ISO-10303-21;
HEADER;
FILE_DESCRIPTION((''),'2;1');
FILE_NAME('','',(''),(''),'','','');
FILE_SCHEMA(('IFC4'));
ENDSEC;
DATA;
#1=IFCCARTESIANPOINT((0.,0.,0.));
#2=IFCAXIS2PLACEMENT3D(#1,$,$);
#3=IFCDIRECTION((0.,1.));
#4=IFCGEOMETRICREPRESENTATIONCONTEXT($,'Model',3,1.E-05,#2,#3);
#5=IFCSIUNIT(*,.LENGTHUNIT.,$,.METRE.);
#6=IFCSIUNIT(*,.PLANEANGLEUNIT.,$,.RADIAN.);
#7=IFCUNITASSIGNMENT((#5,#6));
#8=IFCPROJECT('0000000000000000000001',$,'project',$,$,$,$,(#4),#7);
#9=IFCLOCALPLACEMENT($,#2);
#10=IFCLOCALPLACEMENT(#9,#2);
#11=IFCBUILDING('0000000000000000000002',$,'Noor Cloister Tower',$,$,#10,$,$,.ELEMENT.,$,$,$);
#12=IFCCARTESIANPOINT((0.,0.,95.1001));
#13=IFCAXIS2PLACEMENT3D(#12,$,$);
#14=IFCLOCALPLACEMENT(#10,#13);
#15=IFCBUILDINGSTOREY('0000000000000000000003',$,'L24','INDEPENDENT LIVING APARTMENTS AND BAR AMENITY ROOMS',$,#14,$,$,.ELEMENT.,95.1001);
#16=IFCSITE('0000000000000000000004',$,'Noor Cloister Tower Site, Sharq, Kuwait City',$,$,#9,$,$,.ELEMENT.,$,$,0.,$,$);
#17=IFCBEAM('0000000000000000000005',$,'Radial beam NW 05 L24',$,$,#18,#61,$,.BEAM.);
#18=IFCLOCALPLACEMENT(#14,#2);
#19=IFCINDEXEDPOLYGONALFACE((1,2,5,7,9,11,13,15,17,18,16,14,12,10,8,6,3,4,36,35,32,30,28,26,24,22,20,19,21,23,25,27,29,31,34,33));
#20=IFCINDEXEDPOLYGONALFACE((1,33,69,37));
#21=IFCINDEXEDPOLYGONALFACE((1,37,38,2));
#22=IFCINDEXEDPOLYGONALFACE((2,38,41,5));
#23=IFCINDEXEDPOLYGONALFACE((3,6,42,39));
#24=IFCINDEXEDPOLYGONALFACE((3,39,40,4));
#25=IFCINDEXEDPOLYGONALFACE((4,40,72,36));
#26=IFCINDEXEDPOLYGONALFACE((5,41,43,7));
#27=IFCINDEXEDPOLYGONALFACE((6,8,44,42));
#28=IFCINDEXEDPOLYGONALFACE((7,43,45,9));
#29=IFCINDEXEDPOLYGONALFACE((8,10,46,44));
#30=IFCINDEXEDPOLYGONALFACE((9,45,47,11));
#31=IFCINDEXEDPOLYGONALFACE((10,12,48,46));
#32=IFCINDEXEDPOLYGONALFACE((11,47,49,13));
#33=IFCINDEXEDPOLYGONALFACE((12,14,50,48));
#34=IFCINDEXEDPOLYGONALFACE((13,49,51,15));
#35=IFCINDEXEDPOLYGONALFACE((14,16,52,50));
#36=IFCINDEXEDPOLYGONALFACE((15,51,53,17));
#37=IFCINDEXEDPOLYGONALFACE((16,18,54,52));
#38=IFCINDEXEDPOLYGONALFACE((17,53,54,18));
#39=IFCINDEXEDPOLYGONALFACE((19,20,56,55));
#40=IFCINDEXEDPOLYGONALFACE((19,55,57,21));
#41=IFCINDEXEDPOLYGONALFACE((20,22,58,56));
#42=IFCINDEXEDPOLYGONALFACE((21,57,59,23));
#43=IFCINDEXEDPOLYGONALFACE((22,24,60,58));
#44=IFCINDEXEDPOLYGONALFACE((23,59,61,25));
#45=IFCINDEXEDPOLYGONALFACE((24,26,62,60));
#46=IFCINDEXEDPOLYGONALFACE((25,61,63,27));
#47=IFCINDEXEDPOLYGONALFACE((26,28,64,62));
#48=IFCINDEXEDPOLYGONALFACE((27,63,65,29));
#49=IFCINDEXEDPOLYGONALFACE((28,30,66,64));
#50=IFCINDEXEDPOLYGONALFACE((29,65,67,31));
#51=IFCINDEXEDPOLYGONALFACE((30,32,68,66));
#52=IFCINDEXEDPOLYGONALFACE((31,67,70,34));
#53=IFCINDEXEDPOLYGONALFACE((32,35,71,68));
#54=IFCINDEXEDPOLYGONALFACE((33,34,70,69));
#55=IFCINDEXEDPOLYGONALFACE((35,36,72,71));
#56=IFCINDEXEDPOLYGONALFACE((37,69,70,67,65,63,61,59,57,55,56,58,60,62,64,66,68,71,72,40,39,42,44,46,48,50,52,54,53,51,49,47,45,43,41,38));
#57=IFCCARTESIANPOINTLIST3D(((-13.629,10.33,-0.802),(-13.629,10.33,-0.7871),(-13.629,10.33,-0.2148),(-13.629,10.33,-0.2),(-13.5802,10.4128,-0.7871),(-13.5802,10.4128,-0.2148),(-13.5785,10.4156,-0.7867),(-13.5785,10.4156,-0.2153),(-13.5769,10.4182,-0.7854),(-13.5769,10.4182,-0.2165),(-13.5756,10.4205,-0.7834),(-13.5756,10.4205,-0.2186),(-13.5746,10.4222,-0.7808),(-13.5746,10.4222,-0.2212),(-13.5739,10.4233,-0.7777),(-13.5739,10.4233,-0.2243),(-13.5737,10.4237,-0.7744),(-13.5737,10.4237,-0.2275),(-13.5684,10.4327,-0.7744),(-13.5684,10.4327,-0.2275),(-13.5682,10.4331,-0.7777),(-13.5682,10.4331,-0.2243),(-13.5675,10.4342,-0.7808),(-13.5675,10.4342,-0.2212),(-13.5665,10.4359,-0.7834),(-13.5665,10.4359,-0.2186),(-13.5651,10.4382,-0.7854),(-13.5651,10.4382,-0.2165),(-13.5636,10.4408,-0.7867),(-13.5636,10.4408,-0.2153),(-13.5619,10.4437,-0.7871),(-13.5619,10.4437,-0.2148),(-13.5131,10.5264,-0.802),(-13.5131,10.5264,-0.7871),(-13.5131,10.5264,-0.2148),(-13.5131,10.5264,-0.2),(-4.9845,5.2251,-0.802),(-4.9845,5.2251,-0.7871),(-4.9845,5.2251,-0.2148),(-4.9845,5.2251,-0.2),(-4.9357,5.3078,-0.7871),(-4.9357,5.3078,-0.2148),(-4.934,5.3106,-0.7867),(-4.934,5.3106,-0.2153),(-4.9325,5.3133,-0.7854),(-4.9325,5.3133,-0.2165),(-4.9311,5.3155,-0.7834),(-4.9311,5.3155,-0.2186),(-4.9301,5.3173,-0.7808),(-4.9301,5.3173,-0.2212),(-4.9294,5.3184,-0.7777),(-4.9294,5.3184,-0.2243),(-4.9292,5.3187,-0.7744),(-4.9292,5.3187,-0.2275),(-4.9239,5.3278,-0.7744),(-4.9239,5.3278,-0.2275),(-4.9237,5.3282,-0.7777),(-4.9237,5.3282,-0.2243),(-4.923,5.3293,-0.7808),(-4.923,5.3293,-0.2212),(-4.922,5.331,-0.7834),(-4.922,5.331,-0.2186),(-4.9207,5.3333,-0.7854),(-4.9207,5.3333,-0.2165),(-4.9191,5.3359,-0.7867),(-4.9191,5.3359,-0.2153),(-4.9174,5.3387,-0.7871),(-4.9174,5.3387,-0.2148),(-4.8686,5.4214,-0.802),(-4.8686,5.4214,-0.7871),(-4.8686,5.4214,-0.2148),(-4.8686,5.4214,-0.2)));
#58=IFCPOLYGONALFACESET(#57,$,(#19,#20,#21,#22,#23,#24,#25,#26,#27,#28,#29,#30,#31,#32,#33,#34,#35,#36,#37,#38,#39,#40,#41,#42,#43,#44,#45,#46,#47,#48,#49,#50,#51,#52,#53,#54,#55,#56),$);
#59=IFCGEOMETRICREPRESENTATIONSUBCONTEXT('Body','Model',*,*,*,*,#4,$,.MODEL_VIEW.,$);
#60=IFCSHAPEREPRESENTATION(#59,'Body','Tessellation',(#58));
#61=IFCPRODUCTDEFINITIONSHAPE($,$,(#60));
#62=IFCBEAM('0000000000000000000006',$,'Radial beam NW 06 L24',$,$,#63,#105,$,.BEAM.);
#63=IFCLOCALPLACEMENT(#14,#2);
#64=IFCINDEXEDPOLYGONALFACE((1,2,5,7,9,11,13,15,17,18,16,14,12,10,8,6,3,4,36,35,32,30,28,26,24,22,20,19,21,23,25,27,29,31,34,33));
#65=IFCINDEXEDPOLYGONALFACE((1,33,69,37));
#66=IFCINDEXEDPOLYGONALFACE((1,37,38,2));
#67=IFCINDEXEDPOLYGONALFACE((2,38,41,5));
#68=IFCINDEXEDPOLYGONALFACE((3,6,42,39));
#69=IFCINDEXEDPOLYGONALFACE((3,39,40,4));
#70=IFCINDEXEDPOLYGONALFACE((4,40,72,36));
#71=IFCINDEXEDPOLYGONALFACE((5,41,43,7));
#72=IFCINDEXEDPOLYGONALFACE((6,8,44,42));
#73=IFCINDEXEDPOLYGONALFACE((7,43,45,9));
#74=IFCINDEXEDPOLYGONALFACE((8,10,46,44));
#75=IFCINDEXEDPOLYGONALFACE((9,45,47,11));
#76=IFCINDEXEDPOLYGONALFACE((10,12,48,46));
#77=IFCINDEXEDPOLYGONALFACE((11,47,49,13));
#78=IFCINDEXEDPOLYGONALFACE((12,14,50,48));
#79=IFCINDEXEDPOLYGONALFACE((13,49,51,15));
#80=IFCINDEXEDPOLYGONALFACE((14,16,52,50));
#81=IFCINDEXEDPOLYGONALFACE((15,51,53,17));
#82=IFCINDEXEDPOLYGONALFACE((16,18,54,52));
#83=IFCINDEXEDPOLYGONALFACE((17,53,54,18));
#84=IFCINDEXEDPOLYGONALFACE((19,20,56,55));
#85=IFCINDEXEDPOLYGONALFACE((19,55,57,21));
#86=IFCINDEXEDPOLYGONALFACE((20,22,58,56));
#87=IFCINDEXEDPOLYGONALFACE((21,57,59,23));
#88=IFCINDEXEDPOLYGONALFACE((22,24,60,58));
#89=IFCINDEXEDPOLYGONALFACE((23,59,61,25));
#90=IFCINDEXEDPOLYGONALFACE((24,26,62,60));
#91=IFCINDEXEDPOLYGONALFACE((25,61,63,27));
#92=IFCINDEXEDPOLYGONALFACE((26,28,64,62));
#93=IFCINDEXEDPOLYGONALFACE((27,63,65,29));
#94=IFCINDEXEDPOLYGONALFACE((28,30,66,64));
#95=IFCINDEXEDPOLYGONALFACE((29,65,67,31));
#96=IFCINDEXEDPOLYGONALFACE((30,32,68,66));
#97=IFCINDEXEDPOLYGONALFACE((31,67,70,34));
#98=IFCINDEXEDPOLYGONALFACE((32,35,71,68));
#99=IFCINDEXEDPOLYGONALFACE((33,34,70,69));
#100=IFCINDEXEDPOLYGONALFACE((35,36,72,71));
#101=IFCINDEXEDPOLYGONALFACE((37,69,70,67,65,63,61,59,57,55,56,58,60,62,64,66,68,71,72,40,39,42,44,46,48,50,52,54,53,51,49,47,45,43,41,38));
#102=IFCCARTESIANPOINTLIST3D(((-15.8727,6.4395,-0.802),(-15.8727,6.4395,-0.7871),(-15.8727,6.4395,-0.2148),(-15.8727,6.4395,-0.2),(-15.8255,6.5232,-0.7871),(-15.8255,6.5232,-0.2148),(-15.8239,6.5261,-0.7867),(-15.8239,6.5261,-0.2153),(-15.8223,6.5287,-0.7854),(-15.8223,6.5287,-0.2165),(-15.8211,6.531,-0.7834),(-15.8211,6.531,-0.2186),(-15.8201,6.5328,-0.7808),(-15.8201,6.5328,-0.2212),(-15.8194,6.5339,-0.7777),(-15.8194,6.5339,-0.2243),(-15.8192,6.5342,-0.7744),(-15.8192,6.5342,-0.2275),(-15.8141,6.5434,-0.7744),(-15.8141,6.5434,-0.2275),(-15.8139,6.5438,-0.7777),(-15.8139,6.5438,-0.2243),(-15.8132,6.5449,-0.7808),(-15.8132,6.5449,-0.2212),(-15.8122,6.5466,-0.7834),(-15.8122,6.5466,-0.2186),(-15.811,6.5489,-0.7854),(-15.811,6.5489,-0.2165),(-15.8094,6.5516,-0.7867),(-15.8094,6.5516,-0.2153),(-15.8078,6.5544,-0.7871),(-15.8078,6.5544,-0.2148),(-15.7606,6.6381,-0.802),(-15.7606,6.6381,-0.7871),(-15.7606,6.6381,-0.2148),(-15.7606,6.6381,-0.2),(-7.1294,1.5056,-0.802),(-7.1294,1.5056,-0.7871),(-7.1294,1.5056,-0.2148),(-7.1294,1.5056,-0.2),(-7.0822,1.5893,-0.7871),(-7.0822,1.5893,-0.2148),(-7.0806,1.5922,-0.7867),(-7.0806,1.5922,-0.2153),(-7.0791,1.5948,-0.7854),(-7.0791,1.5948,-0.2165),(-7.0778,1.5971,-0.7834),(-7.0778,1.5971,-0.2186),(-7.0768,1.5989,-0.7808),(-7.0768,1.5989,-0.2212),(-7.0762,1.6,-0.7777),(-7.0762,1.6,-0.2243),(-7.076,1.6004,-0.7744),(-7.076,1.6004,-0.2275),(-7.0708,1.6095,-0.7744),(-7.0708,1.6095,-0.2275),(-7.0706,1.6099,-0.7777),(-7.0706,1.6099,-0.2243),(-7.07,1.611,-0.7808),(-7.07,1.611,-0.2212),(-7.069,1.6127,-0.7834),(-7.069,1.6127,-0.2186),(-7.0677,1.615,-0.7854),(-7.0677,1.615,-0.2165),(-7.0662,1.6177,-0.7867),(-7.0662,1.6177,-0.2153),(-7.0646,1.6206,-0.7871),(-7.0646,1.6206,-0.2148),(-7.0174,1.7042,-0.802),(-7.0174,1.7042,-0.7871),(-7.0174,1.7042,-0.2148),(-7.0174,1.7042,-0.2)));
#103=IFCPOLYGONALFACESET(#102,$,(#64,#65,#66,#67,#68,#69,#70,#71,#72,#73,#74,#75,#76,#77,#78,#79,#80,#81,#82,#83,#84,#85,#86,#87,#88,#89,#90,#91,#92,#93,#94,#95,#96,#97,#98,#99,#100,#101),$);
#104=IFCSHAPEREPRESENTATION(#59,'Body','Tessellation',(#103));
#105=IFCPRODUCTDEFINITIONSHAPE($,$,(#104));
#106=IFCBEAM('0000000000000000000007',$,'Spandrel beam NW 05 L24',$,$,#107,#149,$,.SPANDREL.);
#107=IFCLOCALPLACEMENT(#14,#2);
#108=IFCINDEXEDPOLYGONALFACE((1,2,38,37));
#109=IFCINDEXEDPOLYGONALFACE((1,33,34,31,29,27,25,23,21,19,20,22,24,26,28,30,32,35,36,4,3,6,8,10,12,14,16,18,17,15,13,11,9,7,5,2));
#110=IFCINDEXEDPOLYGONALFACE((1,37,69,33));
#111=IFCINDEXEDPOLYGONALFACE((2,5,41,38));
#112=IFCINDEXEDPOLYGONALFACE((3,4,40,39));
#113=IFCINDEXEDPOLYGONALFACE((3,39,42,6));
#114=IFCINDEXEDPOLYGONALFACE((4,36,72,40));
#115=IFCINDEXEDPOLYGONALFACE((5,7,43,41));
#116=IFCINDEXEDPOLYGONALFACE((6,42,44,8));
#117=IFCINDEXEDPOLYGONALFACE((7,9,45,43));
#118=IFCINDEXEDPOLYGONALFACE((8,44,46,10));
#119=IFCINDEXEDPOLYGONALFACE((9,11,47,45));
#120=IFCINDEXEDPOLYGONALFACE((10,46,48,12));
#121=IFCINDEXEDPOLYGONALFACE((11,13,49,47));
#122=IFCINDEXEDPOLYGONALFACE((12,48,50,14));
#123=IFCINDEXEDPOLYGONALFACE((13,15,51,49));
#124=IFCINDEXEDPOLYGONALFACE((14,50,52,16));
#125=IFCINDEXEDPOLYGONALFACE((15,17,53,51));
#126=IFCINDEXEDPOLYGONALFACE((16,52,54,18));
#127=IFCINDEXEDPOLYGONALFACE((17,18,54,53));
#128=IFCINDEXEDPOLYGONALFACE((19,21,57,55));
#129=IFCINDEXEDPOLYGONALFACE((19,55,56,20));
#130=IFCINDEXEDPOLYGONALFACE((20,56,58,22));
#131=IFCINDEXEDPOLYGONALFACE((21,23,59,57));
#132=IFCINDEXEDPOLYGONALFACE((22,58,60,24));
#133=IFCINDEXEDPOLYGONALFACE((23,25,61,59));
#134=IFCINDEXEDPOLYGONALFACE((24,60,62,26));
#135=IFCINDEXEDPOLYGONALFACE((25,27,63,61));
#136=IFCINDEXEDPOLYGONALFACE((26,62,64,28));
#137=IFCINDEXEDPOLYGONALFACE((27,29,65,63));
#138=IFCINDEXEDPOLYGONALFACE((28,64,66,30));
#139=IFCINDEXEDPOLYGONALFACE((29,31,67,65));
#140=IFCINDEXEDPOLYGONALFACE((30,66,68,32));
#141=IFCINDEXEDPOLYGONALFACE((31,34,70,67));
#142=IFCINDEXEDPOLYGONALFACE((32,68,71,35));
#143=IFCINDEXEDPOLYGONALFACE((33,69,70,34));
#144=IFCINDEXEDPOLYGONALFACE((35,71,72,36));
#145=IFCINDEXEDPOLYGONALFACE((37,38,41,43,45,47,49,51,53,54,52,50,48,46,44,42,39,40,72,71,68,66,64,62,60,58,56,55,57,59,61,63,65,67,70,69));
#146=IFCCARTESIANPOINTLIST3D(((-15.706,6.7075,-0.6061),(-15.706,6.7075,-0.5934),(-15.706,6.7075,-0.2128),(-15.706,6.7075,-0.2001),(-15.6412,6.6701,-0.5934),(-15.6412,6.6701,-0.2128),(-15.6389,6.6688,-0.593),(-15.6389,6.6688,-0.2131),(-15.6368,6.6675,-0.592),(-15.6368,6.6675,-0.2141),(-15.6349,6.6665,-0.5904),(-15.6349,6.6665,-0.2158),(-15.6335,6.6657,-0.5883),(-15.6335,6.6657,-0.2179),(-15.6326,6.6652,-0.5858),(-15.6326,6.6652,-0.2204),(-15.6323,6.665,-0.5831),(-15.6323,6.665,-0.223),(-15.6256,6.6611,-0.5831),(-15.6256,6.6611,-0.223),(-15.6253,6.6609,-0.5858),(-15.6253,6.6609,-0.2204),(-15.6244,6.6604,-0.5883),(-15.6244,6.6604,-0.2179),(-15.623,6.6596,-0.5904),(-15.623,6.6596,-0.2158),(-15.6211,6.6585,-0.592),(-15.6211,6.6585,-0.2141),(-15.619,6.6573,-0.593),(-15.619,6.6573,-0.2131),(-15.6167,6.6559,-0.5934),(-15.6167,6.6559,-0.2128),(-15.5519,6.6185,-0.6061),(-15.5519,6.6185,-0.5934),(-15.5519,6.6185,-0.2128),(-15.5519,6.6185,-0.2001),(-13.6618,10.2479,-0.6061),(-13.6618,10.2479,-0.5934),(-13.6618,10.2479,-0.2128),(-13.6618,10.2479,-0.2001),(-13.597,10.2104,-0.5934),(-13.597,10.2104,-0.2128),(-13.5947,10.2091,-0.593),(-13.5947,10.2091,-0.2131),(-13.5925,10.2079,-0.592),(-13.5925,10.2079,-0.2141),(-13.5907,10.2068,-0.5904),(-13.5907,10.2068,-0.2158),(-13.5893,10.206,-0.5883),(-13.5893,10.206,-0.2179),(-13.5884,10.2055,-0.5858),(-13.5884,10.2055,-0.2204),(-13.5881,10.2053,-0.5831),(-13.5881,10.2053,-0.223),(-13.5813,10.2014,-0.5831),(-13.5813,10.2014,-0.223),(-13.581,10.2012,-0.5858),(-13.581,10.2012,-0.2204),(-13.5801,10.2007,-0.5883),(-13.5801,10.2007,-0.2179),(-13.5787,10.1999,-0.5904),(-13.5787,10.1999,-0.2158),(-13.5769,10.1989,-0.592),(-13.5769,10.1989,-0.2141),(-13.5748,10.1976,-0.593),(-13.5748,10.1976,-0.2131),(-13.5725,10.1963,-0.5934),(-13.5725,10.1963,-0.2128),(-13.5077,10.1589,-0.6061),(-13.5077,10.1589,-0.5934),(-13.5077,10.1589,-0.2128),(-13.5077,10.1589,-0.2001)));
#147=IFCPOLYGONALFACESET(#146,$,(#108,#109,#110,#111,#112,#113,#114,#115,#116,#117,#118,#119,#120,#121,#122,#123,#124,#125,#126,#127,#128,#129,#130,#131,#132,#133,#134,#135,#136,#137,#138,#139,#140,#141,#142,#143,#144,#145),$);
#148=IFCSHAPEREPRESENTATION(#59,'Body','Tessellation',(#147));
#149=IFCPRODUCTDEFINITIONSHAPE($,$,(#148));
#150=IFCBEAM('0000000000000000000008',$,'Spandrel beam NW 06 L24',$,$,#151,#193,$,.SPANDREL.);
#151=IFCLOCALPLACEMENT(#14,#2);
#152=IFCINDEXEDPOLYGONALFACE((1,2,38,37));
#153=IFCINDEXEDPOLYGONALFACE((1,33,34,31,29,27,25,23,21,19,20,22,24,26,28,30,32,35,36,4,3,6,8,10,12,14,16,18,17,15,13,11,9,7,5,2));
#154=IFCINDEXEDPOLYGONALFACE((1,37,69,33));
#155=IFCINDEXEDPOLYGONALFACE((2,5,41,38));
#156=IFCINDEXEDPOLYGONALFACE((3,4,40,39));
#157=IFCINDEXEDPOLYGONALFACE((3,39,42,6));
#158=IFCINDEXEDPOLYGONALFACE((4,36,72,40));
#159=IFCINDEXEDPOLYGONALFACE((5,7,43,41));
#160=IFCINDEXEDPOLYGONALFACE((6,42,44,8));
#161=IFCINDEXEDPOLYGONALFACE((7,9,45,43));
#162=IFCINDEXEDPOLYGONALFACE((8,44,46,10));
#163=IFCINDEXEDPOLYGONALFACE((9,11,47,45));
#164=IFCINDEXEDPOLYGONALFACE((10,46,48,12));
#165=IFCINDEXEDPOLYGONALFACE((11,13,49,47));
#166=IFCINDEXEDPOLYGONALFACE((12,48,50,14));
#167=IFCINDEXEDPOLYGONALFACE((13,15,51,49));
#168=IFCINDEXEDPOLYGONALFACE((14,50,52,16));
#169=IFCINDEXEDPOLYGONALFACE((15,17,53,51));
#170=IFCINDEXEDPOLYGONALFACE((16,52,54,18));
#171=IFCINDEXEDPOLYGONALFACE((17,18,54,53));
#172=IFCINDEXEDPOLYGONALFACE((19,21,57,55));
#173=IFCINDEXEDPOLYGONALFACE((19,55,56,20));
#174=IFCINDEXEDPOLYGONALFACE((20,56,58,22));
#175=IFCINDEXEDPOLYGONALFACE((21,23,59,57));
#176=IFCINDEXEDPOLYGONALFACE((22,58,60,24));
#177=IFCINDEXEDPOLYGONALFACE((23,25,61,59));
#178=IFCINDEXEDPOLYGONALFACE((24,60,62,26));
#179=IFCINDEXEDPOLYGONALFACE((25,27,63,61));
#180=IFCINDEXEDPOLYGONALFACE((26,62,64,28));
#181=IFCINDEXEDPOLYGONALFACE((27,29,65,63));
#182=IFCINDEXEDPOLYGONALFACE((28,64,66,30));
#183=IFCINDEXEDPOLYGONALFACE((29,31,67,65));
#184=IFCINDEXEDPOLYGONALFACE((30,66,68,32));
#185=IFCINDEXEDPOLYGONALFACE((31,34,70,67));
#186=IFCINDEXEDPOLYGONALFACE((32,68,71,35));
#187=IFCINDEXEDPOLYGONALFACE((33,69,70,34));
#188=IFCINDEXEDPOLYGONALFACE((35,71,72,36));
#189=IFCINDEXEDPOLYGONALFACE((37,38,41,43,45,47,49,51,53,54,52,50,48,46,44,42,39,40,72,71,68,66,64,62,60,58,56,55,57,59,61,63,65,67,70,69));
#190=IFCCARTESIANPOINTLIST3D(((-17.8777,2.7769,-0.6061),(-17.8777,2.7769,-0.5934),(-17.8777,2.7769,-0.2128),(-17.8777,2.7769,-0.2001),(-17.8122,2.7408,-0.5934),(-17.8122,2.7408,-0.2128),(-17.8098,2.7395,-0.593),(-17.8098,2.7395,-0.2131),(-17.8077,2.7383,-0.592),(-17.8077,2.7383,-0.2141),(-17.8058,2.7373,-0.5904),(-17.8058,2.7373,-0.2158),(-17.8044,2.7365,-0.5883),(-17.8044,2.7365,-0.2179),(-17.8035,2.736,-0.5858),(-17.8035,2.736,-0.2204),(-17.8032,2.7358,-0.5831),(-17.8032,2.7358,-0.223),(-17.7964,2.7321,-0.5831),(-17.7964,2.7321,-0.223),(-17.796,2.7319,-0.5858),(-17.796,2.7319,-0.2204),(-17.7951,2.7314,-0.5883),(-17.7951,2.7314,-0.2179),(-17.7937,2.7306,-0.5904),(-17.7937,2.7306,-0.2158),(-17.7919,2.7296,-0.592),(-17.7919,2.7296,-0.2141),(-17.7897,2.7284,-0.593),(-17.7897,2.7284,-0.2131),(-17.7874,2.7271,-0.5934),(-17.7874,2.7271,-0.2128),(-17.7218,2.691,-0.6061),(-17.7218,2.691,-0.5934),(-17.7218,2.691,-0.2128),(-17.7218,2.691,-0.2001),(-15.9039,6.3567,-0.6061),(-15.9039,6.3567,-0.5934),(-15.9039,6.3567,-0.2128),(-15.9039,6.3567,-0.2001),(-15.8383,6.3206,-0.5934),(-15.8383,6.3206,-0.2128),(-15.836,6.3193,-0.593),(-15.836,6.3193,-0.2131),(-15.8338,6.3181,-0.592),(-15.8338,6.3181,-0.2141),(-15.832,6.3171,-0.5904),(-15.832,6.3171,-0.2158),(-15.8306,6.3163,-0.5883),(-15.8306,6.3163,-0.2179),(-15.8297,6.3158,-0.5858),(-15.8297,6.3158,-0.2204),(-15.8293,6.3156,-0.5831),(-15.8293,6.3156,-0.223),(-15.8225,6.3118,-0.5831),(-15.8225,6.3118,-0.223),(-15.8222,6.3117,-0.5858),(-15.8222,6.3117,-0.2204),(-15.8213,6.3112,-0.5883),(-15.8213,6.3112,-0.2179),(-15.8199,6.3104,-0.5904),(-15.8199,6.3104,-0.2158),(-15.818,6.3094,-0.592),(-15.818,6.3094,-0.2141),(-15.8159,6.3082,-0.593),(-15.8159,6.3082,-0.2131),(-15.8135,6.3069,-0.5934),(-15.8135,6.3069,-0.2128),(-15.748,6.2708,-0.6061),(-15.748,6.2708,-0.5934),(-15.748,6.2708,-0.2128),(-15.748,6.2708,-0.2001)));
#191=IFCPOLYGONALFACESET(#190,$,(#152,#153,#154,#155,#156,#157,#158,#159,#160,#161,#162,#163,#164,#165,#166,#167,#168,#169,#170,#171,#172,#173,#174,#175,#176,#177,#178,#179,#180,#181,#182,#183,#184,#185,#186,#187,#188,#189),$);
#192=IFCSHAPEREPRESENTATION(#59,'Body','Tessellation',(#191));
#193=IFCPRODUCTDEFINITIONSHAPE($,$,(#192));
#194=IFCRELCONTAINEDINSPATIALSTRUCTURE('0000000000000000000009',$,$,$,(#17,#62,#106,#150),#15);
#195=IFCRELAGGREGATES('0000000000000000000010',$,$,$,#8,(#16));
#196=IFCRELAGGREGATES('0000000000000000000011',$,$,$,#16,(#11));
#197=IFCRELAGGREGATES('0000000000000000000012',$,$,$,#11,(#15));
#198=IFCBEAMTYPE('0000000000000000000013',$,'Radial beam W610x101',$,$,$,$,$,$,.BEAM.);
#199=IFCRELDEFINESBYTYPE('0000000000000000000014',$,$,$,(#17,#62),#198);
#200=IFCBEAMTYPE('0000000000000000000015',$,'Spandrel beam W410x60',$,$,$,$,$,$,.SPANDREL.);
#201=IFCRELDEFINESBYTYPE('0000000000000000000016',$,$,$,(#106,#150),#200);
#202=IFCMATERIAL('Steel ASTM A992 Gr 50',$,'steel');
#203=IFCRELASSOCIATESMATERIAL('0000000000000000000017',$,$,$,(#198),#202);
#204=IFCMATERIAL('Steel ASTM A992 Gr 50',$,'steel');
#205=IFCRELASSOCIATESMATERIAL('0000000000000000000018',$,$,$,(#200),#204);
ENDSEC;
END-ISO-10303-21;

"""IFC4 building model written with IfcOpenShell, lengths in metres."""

from ifc_helpers import new_model, si_unit, direction, frame, origin, origin_2d, place, context, subcontext, project, spatial, i_section, extrude, material, material_profile, profile_set, type_object, element, save


model = new_model("IFC4")

# Units and contexts
model_context = context("Model", 3, precision=1e-05, world=origin(), true_north=direction((0.0, 1.0)))
body_context = subcontext(model_context, "Body", "Model", "MODEL_VIEW")
ifc_project = project(units=[si_unit("LENGTHUNIT", "METRE"), si_unit("PLANEANGLEUNIT", "RADIAN")], contexts=[model_context])

# Site, building, storey
site_placement = place(None, origin())
site = spatial("IfcSite", under=ifc_project, at=site_placement, Name="Noor Cloister Tower Site, Sharq, Kuwait City", CompositionType="ELEMENT", RefElevation=0.0)
building_placement = place(site_placement, origin())
building = spatial("IfcBuilding", under=site, at=building_placement, Name="Noor Cloister Tower", CompositionType="ELEMENT")
storey_placement = place(building_placement, frame((0.0, 0.0, 95.1001)))
storey = spatial("IfcBuildingStorey", under=building, at=storey_placement, Name="L24", Description="INDEPENDENT LIVING APARTMENTS AND BAR AMENITY ROOMS", CompositionType="ELEMENT", Elevation=95.1001)

# Beams
ifc_material_1 = material(Name="Steel ASTM A992 Gr 50", Category="steel")
ifc_material_profile_1 = material_profile(ifc_material_1, i_section(OverallWidth=0.228, OverallDepth=0.6021, WebThickness=0.0105, FlangeThickness=0.0149, FilletRadius=0.0127, at=origin_2d()), Name="W610x101")
ifc_profile_set_1 = profile_set([ifc_material_profile_1], Name="Steel ASTM A992 Gr 50")
beam_type_1 = type_object("IfcBeamType", Name="Radial beam W610x101", PredefinedType="BEAM", material=ifc_profile_set_1)
for number, where, z_axis, x_axis, name in (
    (1, (-13.571, 10.4282, -0.501), (0.861064, -0.508497, 0.0), (0.508497, 0.861064, 0.0), "Radial beam NW 05 L24"),
    (2, (-15.8167, 6.5388, -0.501), (0.870902, -0.491457, 0.0), (0.491457, 0.870902, 0.0), "Radial beam NW 06 L24"),
):
    element("IfcBeam", number, at=place(storey_placement, frame(where, z_axis=z_axis, x_axis=x_axis)), inside=storey, type_object=beam_type_1, Name=name, PredefinedType="BEAM", context=body_context, shape_type="SweptSolid", body=[
        extrude(i_section(OverallWidth=0.228, OverallDepth=0.6021, WebThickness=0.0105, FlangeThickness=0.0149, FilletRadius=0.0127, at=origin_2d()), origin(), (0.0, 0.0, 1.0), 10.0393),
    ])
ifc_material_2 = material(Name="Steel ASTM A992 Gr 50", Category="steel")
ifc_material_profile_2 = material_profile(ifc_material_2, i_section(OverallWidth=0.178, OverallDepth=0.406, WebThickness=0.0078, FlangeThickness=0.0127, FilletRadius=0.0103, at=origin_2d()), Name="W410x60")
ifc_profile_set_2 = profile_set([ifc_material_profile_2], Name="Steel ASTM A992 Gr 50")
beam_type_2 = type_object("IfcBeamType", Name="Spandrel beam W410x60", PredefinedType="SPANDREL", material=ifc_profile_set_2)
beam_1_placement = place(storey_placement, frame((-13.5847, 10.2034, -0.4031), z_axis=(-0.500038, -0.866004, 0.0), x_axis=(0.866004, -0.500038, 0.0)))
element("IfcBeam", 3, at=beam_1_placement, inside=storey, type_object=beam_type_2, Name="Spandrel beam NW 05 L24", PredefinedType="SPANDREL", context=body_context, shape_type="SweptSolid", body=[
    extrude(i_section(OverallWidth=0.178, OverallDepth=0.406, WebThickness=0.0078, FlangeThickness=0.0127, FilletRadius=0.0103, at=origin_2d()), origin(), (0.0, 0.0, 1.0), 4.0881),
])
beam_2_placement = place(storey_placement, frame((-15.8259, 6.3137, -0.4031), z_axis=(-0.482852, -0.875702, 0.0), x_axis=(0.875702, -0.482852, 0.0)))
element("IfcBeam", 4, at=beam_2_placement, inside=storey, type_object=beam_type_2, Name="Spandrel beam NW 06 L24", PredefinedType="SPANDREL", context=body_context, shape_type="SweptSolid", body=[
    extrude(i_section(OverallWidth=0.178, OverallDepth=0.406, WebThickness=0.0078, FlangeThickness=0.0127, FilletRadius=0.0103, at=origin_2d()), origin(), (0.0, 0.0, 1.0), 4.0879),
])

save(model, "model.ifc")
